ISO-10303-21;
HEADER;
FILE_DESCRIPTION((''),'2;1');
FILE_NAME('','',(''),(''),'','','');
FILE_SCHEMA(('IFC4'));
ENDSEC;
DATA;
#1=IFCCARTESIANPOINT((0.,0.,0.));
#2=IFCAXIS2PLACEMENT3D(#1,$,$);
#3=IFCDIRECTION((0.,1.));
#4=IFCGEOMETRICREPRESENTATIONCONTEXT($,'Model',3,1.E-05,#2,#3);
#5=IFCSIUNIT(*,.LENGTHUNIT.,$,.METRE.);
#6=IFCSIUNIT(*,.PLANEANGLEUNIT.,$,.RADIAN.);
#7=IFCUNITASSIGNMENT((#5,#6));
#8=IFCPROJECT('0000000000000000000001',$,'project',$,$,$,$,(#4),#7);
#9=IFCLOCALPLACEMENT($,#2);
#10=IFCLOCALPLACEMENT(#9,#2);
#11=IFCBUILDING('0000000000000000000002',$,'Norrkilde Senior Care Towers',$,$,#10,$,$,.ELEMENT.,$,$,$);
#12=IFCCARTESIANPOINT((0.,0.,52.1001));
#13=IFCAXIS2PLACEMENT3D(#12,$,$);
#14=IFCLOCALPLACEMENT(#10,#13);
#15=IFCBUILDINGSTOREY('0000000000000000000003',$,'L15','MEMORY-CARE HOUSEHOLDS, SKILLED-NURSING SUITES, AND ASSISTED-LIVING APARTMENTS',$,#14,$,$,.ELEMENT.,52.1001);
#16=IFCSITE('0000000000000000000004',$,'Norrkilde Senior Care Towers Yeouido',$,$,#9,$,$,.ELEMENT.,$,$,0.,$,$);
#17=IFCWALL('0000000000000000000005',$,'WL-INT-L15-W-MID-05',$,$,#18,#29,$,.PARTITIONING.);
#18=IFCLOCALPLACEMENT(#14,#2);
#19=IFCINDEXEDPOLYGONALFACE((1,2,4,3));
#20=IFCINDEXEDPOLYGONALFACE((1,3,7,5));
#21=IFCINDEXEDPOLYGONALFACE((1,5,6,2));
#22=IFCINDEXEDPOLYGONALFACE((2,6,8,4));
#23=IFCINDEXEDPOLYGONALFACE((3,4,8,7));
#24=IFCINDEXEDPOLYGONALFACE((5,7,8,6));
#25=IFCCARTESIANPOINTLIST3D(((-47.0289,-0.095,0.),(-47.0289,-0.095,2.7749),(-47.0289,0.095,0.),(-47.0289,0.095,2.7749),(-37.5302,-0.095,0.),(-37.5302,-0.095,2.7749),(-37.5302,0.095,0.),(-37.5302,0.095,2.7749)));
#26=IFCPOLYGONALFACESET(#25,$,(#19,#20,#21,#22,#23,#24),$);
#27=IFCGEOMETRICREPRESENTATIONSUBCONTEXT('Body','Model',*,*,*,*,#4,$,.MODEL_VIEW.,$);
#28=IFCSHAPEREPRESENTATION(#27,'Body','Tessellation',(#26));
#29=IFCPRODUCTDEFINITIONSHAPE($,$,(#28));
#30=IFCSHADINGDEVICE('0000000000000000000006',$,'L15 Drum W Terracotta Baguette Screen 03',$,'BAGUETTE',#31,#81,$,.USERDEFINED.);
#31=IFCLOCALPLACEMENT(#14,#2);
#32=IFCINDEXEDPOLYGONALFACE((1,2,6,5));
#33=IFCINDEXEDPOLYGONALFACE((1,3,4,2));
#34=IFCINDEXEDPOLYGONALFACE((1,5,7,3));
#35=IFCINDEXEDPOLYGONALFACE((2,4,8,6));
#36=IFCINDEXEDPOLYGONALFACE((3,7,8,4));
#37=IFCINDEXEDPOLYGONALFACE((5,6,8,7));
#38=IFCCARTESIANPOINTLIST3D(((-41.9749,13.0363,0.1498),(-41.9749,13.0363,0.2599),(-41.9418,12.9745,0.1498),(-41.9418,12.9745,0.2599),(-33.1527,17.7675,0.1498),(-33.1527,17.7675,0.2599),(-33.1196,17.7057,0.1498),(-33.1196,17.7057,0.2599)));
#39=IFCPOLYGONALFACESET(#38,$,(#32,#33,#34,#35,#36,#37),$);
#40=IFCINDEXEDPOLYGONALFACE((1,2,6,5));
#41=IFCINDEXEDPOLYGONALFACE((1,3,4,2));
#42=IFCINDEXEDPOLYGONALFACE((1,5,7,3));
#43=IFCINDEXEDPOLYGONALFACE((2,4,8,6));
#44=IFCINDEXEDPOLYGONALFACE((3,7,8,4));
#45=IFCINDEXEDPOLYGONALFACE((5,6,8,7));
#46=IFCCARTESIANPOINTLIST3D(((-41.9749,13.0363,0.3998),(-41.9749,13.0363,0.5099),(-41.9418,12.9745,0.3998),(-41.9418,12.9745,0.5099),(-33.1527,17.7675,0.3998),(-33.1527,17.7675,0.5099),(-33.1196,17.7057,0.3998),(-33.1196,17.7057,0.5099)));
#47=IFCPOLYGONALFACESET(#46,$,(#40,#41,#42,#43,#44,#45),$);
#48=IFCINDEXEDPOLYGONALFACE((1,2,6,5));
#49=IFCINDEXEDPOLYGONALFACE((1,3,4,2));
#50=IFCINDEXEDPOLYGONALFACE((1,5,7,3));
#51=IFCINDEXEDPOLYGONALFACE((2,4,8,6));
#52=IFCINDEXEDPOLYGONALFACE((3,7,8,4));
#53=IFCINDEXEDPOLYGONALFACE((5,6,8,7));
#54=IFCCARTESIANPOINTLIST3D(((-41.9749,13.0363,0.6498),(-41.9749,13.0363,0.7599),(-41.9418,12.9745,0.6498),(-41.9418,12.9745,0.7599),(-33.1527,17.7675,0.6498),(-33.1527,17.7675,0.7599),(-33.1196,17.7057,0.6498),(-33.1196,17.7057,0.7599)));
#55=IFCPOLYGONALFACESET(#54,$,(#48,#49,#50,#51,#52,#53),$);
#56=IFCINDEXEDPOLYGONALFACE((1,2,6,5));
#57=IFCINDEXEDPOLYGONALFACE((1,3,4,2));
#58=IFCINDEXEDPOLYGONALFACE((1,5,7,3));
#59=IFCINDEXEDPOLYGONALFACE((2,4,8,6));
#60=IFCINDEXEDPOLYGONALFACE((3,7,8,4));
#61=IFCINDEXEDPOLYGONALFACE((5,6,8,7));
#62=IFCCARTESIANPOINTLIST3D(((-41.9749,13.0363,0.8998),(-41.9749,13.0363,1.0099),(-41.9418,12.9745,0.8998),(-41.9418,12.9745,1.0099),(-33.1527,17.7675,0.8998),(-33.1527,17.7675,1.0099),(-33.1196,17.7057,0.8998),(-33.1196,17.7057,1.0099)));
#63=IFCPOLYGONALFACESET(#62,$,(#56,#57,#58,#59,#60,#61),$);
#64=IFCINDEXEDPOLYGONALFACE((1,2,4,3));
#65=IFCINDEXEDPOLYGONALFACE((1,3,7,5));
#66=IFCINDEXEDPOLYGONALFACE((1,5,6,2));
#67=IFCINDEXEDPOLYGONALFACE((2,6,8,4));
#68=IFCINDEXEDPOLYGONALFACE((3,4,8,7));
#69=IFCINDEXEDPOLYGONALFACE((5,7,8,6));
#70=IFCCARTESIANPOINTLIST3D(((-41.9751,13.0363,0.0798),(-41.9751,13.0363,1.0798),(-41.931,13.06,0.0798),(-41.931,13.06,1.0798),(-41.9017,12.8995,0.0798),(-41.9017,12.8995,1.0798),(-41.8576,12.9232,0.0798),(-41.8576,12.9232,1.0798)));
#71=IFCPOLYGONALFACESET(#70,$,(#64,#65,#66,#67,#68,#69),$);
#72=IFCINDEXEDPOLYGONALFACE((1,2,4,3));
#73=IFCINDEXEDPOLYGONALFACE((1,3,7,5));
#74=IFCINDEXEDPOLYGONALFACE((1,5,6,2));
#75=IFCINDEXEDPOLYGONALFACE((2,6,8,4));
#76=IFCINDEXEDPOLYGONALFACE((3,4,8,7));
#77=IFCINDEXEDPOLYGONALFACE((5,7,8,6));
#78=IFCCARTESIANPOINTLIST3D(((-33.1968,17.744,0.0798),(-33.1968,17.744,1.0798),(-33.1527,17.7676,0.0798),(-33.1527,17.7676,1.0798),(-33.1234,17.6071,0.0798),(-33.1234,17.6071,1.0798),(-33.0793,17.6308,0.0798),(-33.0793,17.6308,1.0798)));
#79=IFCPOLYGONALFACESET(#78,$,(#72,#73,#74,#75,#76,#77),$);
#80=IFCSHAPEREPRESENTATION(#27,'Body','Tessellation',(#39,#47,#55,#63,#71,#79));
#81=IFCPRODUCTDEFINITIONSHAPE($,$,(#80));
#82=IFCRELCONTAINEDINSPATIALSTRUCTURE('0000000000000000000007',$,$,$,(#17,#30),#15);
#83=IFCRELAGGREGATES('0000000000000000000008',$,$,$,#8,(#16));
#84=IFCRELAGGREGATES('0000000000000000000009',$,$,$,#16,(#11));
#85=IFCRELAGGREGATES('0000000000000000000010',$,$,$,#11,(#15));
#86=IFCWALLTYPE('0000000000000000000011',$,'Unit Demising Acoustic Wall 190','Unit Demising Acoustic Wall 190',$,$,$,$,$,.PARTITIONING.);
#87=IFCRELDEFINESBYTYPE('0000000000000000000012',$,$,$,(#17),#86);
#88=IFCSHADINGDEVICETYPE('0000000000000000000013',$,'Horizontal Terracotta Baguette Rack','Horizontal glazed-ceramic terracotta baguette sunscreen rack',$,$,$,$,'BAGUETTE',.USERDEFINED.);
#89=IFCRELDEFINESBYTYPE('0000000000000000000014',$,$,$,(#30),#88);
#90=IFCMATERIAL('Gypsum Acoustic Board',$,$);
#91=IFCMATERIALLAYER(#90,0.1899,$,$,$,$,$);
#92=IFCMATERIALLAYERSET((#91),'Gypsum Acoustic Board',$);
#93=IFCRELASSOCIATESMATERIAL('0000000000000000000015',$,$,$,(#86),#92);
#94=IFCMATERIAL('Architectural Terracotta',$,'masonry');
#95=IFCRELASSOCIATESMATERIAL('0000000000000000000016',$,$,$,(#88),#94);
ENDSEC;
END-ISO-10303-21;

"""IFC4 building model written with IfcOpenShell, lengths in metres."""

from ifc_helpers import new_model, si_unit, direction, frame, frame_2d, origin, origin_2d, place, context, subcontext, project, spatial, rectangle, extrude, source, transform, mapped, material, layer, layer_set, type_object, type_shapes, element, save


model = new_model("IFC4")

# Units and contexts
model_context = context("Model", 3, precision=1e-05, world=origin(), true_north=direction((0.0, 1.0)))
body_context = subcontext(model_context, "Body", "Model", "MODEL_VIEW")
ifc_project = project(units=[si_unit("LENGTHUNIT", "METRE"), si_unit("PLANEANGLEUNIT", "RADIAN")], contexts=[model_context])

# Site, building, storey
site_placement = place(None, origin())
site = spatial("IfcSite", under=ifc_project, at=site_placement, Name="Norrkilde Senior Care Towers Yeouido", CompositionType="ELEMENT", RefElevation=0.0)
building_placement = place(site_placement, origin())
building = spatial("IfcBuilding", under=site, at=building_placement, Name="Norrkilde Senior Care Towers", CompositionType="ELEMENT")
storey_placement = place(building_placement, frame((0.0, 0.0, 52.1001)))
storey = spatial("IfcBuildingStorey", under=building, at=storey_placement, Name="L15", Description="MEMORY-CARE HOUSEHOLDS, SKILLED-NURSING SUITES, AND ASSISTED-LIVING APARTMENTS", CompositionType="ELEMENT", Elevation=52.1001)

# Shared definitions
ifc_material_1 = material(Name="Gypsum Acoustic Board")

# Wall
ifc_layer_1 = layer(ifc_material_1, 0.1899)
ifc_layer_set_1 = layer_set([ifc_layer_1], Name="Gypsum Acoustic Board")
wall_type_1 = type_object("IfcWallType", Name="Unit Demising Acoustic Wall 190", Description="Unit Demising Acoustic Wall 190", PredefinedType="PARTITIONING", material=ifc_layer_set_1)
shared_shape_1 = source(origin(), body_context, "Body", "SweptSolid", [
    extrude(rectangle(XDim=9.4988, YDim=0.1899, at=frame_2d((4.7495, 0.0))), origin(), (0.0, 0.0, 1.0), 2.7749),
])
wall_1_placement = place(storey_placement, frame((-37.53, 0.0, 0.0), z_axis=(0.0, 0.0, 1.0), x_axis=(-1.0, 0.0, 0.0)))
element("IfcWall", 1, at=wall_1_placement, inside=storey, type_object=wall_type_1, Name="WL-INT-L15-W-MID-05", PredefinedType="PARTITIONING", context=body_context, shape_type="MappedRepresentation", body=[
    mapped(shared_shape_1, transform((0.0, 0.0, 0.0), x_axis=(1.0, 0.0, 0.0), y_axis=(0.0, 1.0, 0.0), z_axis=(0.0, 0.0, 1.0), scale=1.0)),
])

# Shading device
ifc_material_2 = material(Name="Architectural Terracotta", Category="masonry")
shading_device_type = type_object("IfcShadingDeviceType", Name="Horizontal Terracotta Baguette Rack", Description="Horizontal glazed-ceramic terracotta baguette sunscreen rack", ElementType="BAGUETTE", PredefinedType="USERDEFINED", material=ifc_material_2)
shared_shape_2 = source(origin(), body_context, "Body", "SweptSolid", [
    extrude(rectangle(XDim=0.0701, YDim=0.1101, at=origin_2d()), frame((0.0, 0.0901, 0.125), z_axis=(1.0, 0.0, 0.0), x_axis=(0.0, 1.0, 0.0)), (0.0, 0.0, 1.0), 10.0107),
    extrude(rectangle(XDim=0.0701, YDim=0.1101, at=origin_2d()), frame((0.0, 0.0901, 0.375), z_axis=(1.0, 0.0, 0.0), x_axis=(0.0, 1.0, 0.0)), (0.0, 0.0, 1.0), 10.0107),
    extrude(rectangle(XDim=0.0701, YDim=0.1101, at=origin_2d()), frame((0.0, 0.0901, 0.625), z_axis=(1.0, 0.0, 0.0), x_axis=(0.0, 1.0, 0.0)), (0.0, 0.0, 1.0), 10.0107),
    extrude(rectangle(XDim=0.0701, YDim=0.1101, at=origin_2d()), frame((0.0, 0.0901, 0.875), z_axis=(1.0, 0.0, 0.0), x_axis=(0.0, 1.0, 0.0)), (0.0, 0.0, 1.0), 10.0107),
    extrude(rectangle(XDim=0.05, YDim=0.1553, at=origin_2d()), frame((0.0249, 0.0476, 0.0)), (0.0, 0.0, 1.0), 1.0),
    extrude(rectangle(XDim=0.05, YDim=0.1553, at=origin_2d()), frame((9.9858, 0.0476, 0.0)), (0.0, 0.0, 1.0), 1.0),
])
type_shapes(shading_device_type, [shared_shape_2])
shading_device_placement = place(storey_placement, frame((-41.9158, 12.926, 0.0798), z_axis=(0.0, 0.0, 1.0), x_axis=(0.88128, 0.472612, 0.0)))
element("IfcShadingDevice", 2, at=shading_device_placement, inside=storey, type_object=shading_device_type, Name="L15 Drum W Terracotta Baguette Screen 03", ObjectType="BAGUETTE", PredefinedType="USERDEFINED", context=body_context, shape_type="MappedRepresentation", body=[
    mapped(shared_shape_2, transform((0.0, 0.0, 0.0), x_axis=(1.0, 0.0, 0.0), y_axis=(0.0, 1.0, 0.0), z_axis=(0.0, 0.0, 1.0), scale=1.0)),
])

save(model, "model.ifc")
